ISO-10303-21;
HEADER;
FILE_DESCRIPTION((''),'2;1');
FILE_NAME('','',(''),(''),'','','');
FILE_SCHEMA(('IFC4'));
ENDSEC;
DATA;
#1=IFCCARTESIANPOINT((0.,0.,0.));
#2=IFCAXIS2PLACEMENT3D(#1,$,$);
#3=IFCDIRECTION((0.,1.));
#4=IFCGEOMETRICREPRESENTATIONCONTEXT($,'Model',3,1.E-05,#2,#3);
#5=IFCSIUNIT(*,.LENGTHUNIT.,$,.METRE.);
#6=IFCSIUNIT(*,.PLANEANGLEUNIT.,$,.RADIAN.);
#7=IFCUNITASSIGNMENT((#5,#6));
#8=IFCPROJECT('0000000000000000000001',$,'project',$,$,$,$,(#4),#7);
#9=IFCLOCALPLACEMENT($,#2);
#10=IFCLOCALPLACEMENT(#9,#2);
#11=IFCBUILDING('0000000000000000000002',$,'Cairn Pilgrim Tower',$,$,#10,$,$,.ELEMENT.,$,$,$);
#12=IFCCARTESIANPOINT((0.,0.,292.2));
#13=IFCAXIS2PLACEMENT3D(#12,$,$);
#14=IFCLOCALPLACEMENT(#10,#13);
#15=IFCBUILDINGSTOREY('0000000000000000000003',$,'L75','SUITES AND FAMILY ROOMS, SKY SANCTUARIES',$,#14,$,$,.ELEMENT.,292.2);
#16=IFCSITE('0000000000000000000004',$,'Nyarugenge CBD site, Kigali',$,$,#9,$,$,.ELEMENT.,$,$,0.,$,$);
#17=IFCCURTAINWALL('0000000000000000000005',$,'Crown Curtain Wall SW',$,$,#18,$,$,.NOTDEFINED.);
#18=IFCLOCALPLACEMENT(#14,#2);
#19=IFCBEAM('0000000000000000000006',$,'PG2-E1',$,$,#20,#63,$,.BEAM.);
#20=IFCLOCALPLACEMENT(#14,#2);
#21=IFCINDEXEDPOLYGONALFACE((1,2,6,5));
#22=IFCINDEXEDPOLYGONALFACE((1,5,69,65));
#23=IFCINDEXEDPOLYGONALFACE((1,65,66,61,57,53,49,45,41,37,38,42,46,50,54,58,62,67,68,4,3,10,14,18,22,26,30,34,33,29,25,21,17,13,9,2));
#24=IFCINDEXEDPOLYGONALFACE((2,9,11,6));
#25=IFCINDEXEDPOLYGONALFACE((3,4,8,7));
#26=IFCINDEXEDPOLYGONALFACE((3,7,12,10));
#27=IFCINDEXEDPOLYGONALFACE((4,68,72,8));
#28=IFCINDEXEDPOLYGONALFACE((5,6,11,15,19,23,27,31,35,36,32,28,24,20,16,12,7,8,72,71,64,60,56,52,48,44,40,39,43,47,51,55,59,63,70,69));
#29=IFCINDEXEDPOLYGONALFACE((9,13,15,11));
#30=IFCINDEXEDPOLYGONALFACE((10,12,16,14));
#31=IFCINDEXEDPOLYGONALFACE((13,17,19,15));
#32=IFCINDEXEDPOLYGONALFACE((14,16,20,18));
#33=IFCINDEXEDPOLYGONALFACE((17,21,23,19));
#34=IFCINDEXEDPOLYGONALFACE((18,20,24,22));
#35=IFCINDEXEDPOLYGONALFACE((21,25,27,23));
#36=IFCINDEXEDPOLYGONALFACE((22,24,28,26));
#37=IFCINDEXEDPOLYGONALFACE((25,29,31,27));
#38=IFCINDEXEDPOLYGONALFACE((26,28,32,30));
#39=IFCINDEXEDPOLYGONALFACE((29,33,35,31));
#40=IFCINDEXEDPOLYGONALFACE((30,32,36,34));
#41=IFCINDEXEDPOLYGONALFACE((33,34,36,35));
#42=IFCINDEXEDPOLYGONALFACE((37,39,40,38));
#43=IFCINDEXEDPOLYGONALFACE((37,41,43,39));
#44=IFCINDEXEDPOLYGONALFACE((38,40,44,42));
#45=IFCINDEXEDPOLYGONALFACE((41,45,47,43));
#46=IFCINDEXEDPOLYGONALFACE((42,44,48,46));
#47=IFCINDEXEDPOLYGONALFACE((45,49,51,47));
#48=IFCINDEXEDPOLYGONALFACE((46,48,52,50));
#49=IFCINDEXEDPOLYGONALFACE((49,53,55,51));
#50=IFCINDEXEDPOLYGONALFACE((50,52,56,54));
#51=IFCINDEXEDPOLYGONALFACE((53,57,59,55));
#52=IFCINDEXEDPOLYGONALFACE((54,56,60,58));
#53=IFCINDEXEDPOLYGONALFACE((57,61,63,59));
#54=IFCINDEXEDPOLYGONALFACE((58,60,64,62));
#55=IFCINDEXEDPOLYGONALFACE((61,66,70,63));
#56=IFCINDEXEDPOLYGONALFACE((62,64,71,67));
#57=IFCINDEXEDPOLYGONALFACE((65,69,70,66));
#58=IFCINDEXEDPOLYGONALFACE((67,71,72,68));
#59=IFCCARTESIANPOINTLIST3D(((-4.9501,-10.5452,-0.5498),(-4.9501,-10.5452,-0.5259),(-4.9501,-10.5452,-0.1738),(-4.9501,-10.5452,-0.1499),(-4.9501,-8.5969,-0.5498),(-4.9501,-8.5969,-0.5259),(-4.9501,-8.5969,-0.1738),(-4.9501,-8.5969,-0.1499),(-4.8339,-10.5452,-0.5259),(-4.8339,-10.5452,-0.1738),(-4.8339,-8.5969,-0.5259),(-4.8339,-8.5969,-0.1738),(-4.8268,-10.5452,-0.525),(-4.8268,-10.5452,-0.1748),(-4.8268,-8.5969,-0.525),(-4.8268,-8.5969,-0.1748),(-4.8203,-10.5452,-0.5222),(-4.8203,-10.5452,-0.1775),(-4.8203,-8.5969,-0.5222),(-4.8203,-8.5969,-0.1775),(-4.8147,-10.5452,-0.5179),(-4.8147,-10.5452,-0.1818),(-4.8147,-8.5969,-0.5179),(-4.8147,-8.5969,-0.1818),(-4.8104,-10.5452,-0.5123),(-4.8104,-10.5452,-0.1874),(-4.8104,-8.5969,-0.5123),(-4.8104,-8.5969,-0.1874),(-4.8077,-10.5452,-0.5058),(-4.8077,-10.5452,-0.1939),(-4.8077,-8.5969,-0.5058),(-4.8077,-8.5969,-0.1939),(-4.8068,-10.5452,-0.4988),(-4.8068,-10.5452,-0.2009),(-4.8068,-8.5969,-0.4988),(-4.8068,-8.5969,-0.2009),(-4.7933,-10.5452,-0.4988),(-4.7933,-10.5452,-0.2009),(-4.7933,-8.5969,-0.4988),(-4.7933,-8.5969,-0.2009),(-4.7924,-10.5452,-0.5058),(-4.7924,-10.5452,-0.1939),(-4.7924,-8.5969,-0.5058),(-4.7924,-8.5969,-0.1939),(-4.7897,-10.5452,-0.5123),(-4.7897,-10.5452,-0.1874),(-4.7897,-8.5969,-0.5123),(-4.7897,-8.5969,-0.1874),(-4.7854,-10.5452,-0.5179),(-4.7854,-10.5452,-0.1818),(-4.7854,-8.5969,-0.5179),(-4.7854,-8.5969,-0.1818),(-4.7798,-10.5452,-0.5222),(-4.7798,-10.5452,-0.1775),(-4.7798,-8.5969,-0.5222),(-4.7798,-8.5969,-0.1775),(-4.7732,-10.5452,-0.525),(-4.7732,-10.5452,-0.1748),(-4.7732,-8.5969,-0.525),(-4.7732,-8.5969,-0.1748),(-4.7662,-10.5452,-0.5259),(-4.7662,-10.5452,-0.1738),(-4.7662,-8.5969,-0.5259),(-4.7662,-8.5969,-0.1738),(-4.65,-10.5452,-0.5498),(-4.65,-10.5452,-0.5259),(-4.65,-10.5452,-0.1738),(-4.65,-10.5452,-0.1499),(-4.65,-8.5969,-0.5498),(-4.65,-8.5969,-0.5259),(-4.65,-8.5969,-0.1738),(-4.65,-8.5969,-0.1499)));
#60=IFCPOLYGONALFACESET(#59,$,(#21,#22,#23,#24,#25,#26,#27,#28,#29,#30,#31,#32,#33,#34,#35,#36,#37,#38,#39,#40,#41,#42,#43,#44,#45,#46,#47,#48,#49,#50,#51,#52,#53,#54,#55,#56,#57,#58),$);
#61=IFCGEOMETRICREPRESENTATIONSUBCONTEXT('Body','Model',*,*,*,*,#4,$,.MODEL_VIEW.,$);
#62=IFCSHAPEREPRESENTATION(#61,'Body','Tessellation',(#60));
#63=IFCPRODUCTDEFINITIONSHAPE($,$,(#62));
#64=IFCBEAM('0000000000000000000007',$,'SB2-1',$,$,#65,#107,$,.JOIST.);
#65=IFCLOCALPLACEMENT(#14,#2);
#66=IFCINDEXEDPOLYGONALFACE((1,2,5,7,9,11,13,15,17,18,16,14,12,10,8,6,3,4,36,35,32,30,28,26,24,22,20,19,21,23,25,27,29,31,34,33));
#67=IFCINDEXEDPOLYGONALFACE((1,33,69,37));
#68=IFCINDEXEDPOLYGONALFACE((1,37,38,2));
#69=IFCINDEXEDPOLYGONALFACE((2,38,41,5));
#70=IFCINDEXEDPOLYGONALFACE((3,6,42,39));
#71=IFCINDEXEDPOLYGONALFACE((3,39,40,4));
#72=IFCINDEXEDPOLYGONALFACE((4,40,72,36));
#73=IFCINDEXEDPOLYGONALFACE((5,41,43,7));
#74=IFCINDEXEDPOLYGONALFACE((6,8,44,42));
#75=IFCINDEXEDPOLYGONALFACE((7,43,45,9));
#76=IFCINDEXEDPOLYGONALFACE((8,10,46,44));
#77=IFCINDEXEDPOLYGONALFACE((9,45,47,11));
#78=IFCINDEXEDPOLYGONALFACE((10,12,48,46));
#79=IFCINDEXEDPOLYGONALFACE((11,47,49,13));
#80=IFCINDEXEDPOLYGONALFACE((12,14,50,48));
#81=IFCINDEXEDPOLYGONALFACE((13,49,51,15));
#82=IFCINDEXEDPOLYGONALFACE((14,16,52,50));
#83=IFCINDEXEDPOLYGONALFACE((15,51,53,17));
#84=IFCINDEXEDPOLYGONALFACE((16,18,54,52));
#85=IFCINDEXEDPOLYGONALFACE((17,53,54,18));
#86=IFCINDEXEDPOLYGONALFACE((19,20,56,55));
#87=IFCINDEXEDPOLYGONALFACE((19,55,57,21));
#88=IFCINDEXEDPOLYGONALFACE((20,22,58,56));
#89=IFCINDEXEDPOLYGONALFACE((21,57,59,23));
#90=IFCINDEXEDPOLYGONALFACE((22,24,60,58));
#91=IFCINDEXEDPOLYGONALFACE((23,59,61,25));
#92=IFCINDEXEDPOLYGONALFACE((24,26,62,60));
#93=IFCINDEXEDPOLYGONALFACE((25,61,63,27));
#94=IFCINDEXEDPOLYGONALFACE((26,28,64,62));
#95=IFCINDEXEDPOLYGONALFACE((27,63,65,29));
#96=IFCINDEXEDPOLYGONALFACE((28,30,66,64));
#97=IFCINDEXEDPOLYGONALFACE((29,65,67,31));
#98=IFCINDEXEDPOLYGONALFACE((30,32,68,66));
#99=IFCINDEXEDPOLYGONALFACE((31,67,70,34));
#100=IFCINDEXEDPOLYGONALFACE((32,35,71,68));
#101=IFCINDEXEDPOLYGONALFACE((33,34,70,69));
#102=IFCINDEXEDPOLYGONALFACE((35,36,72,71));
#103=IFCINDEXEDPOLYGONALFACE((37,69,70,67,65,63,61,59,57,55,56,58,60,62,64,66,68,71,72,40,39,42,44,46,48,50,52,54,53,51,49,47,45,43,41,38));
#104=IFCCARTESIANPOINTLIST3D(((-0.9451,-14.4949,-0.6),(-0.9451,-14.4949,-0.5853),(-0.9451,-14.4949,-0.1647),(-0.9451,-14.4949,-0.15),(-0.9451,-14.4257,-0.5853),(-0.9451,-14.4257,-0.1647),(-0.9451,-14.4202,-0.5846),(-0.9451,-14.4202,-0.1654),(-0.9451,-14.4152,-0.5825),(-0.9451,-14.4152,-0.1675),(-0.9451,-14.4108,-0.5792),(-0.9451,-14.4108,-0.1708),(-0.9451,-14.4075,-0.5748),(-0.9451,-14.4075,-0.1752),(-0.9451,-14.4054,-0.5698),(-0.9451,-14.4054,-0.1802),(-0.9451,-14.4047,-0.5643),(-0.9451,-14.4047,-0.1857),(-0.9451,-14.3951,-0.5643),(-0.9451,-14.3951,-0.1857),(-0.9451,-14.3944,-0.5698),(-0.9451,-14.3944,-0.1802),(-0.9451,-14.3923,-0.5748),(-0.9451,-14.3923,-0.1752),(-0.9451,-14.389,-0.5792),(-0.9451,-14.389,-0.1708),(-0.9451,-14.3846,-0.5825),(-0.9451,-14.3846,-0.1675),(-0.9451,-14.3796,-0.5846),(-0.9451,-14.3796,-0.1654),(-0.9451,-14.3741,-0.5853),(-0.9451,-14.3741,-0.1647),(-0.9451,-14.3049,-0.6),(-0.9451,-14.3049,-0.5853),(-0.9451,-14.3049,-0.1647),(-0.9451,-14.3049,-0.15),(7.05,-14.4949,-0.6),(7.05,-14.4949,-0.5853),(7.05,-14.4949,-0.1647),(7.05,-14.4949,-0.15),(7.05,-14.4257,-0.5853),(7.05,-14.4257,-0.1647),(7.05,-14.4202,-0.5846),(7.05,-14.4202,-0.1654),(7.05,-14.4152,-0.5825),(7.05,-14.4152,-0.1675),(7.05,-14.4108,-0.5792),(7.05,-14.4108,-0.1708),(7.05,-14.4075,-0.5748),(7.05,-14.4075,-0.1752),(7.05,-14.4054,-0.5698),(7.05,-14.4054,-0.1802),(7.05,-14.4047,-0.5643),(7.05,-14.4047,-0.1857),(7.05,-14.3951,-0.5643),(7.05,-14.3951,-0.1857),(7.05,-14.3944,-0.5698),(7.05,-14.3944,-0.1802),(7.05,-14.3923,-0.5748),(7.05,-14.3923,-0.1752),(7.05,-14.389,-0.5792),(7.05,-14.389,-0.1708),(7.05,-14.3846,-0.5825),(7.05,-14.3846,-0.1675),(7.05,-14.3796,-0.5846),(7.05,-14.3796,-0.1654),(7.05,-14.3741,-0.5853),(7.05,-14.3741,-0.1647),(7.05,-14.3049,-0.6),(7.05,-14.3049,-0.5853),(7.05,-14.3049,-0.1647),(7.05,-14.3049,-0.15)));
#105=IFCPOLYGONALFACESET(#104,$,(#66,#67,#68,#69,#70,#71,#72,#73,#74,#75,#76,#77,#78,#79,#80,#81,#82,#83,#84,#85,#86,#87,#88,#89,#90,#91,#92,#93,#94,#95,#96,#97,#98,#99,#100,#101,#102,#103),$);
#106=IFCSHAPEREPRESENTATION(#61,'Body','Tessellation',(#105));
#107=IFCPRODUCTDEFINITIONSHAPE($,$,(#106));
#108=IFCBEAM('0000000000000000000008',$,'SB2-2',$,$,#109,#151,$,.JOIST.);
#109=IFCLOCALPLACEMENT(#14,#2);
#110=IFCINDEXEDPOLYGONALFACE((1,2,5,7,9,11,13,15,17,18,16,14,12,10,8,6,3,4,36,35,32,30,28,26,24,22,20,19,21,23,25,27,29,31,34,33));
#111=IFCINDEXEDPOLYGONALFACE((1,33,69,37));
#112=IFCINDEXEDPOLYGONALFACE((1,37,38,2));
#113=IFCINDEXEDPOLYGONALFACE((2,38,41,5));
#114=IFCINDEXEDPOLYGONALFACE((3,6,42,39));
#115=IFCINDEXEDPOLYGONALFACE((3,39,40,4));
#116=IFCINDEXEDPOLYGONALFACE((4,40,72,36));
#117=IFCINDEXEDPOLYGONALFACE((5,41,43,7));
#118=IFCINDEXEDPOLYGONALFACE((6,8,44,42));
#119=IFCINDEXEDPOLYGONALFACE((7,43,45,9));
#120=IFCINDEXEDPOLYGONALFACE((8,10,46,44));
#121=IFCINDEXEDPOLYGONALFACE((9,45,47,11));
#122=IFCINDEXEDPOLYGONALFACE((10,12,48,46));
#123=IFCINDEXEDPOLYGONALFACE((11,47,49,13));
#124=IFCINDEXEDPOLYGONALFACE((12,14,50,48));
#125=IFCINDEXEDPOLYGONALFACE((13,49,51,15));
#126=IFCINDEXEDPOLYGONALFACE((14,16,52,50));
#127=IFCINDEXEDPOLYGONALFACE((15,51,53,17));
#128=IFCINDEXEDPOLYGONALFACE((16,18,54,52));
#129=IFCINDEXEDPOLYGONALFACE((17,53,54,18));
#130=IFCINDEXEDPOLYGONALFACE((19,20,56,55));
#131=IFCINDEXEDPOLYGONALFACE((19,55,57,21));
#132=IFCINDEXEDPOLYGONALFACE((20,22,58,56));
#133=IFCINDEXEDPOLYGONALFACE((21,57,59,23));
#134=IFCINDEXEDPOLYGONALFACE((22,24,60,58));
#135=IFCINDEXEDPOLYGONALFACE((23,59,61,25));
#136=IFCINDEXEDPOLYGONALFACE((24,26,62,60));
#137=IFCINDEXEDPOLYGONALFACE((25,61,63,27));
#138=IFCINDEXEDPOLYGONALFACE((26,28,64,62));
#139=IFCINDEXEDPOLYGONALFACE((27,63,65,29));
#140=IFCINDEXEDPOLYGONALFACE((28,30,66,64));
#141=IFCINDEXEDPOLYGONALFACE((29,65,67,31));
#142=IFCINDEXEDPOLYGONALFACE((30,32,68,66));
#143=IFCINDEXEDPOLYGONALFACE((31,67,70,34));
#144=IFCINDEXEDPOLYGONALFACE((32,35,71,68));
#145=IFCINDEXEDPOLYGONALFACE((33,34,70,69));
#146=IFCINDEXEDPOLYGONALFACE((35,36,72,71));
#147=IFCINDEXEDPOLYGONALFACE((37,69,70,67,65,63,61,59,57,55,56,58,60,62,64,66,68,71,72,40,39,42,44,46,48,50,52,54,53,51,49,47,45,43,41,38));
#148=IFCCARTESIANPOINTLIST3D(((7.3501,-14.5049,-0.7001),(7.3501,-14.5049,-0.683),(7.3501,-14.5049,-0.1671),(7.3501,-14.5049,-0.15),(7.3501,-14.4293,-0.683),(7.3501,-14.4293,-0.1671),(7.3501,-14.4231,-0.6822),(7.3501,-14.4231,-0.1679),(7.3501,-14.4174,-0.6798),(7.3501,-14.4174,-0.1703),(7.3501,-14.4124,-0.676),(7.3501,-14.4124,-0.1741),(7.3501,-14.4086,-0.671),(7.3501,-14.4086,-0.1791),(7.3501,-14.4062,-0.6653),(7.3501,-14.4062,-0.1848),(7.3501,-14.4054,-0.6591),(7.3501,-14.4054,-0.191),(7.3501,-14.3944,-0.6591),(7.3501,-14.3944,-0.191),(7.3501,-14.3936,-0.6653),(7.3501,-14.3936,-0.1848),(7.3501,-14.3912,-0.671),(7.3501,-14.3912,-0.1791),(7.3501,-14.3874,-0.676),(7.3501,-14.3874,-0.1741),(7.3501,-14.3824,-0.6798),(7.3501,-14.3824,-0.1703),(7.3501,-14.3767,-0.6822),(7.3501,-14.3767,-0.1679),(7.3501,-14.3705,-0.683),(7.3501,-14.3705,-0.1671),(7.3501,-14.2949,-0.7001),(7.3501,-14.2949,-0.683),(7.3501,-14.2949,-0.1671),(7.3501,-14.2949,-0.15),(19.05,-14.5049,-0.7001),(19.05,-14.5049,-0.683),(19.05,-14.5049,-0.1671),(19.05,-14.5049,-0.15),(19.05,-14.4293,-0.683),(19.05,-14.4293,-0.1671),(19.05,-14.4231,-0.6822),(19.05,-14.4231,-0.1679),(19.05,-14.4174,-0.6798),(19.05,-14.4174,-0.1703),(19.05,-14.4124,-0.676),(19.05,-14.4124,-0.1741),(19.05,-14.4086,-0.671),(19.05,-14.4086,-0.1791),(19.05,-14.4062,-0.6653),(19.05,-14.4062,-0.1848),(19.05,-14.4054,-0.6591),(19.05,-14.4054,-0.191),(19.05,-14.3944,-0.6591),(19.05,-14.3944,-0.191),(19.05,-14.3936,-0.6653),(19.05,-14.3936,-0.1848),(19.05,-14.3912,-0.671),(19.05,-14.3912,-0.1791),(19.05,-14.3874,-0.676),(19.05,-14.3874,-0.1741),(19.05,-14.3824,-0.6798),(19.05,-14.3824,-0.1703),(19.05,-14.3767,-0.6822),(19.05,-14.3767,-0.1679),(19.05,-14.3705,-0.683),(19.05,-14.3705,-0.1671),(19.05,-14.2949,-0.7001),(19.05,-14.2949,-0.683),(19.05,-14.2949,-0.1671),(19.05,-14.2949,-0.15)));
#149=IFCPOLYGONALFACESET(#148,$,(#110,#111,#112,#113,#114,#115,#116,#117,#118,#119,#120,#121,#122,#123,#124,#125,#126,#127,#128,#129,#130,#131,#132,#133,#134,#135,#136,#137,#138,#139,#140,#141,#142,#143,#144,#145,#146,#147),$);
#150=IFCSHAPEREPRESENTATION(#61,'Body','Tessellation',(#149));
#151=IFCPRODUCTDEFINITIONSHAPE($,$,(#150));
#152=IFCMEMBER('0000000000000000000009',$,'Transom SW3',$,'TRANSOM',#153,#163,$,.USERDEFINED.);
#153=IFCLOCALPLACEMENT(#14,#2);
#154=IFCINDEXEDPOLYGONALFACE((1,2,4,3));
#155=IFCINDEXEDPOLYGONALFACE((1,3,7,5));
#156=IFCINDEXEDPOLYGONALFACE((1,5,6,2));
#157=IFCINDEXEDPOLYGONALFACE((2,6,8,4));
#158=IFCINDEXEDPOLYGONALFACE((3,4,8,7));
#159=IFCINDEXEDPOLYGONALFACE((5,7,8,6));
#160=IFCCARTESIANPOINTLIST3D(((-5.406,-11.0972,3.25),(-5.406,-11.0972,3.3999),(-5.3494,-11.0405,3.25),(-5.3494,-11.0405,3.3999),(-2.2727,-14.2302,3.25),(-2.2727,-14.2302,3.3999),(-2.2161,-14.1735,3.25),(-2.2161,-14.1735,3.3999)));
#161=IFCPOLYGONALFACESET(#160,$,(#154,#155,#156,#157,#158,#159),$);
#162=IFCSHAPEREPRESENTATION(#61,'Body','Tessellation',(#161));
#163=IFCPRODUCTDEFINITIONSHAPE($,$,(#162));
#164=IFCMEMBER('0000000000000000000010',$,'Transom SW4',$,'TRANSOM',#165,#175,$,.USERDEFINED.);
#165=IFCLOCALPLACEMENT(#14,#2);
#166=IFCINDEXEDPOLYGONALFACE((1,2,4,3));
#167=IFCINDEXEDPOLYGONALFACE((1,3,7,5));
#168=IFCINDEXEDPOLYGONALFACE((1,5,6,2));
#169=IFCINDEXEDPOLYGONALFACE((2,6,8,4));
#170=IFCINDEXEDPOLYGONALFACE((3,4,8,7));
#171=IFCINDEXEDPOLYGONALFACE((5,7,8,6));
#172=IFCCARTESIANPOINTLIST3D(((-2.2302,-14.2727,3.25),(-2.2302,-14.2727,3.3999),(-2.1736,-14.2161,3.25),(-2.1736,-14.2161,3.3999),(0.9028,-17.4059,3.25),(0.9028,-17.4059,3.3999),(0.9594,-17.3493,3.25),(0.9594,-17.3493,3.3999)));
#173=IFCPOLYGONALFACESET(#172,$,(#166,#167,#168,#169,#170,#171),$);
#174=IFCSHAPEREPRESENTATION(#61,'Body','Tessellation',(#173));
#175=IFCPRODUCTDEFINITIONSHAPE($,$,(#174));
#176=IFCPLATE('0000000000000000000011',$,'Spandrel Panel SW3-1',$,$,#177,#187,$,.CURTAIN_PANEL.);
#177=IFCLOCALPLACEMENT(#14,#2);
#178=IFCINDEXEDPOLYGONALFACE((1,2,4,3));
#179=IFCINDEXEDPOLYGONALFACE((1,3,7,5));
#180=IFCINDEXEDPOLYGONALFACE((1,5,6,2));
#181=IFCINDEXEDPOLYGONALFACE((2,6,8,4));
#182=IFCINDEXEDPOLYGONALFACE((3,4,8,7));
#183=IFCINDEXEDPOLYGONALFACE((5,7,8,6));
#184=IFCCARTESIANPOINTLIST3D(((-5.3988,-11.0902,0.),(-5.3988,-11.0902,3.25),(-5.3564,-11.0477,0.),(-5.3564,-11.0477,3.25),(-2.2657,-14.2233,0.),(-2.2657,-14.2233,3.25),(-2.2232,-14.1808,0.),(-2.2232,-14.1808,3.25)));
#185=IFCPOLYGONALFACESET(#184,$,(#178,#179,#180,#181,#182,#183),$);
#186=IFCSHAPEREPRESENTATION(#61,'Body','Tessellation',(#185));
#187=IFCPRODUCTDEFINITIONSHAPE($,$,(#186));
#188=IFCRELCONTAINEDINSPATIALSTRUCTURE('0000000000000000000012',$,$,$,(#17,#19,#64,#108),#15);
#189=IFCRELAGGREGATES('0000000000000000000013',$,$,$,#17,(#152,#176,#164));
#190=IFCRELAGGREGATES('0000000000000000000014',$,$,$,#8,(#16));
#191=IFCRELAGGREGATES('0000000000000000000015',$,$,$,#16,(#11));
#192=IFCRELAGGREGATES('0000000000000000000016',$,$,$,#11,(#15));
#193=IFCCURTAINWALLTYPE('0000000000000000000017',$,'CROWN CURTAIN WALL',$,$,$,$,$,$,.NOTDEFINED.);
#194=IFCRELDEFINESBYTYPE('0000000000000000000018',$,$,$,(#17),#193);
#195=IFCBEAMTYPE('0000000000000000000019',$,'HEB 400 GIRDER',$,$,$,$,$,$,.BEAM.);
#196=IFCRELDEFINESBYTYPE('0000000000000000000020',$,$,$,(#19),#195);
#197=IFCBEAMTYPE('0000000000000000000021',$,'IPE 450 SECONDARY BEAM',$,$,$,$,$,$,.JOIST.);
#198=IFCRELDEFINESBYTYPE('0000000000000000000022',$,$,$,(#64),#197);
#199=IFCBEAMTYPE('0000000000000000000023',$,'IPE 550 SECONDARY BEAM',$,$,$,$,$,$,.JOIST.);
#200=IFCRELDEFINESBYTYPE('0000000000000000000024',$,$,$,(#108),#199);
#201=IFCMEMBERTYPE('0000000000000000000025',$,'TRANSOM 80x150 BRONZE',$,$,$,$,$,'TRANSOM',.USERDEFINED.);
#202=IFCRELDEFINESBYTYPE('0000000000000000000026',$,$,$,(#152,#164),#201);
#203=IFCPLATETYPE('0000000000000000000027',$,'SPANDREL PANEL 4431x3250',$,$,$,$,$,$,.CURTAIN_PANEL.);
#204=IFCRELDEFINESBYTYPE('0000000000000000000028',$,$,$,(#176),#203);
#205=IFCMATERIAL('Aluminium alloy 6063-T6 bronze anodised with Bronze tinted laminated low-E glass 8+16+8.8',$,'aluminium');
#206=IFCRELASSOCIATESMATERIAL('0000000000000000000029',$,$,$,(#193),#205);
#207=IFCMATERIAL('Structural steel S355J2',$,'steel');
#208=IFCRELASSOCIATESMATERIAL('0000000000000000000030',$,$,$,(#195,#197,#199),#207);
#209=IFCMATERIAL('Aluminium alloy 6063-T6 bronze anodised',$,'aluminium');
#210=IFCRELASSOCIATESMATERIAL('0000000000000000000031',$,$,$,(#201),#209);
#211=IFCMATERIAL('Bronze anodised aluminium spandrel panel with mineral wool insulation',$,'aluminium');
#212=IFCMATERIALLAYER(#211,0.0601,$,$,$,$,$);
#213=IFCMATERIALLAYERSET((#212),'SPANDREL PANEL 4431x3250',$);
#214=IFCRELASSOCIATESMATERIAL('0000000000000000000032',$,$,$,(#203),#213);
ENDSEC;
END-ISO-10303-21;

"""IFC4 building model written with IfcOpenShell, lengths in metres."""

from ifc_helpers import new_model, si_unit, direction, frame, origin, origin_2d, place, context, subcontext, project, spatial, rectangle, i_section, extrude, material, layer, layer_set, material_profile, profile_set, type_object, element, aggregate, save


model = new_model("IFC4")

# Units and contexts
model_context = context("Model", 3, precision=1e-05, world=origin(), true_north=direction((0.0, 1.0)))
body_context = subcontext(model_context, "Body", "Model", "MODEL_VIEW")
ifc_project = project(units=[si_unit("LENGTHUNIT", "METRE"), si_unit("PLANEANGLEUNIT", "RADIAN")], contexts=[model_context])

# Site, building, storey
site_placement = place(None, origin())
site = spatial("IfcSite", under=ifc_project, at=site_placement, Name="Nyarugenge CBD site, Kigali", CompositionType="ELEMENT", RefElevation=0.0)
building_placement = place(site_placement, origin())
building = spatial("IfcBuilding", under=site, at=building_placement, Name="Cairn Pilgrim Tower", CompositionType="ELEMENT")
storey_placement = place(building_placement, frame((0.0, 0.0, 292.2)))
storey = spatial("IfcBuildingStorey", under=building, at=storey_placement, Name="L75", Description="SUITES AND FAMILY ROOMS, SKY SANCTUARIES", CompositionType="ELEMENT", Elevation=292.2)

# Shared definitions
ifc_material_1 = material(Name="Structural steel S355J2", Category="steel")

# Curtain wall
ifc_material_2 = material(Name="Aluminium alloy 6063-T6 bronze anodised with Bronze tinted laminated low-E glass 8+16+8.8", Category="aluminium")
curtain_wall_type = type_object("IfcCurtainWallType", Name="CROWN CURTAIN WALL", PredefinedType="NOTDEFINED", material=ifc_material_2)
curtain_wall_placement = place(storey_placement, origin())
curtain_wall = element("IfcCurtainWall", 1, at=curtain_wall_placement, inside=storey, type_object=curtain_wall_type, Name="Crown Curtain Wall SW", PredefinedType="NOTDEFINED")
ifc_material_3 = material(Name="Aluminium alloy 6063-T6 bronze anodised", Category="aluminium")

# Beams
ifc_material_profile_1 = material_profile(ifc_material_1, i_section(OverallWidth=0.3, OverallDepth=0.3999, WebThickness=0.0134, FlangeThickness=0.0239, FilletRadius=0.0271, at=origin_2d()), Name="HEB 400")
ifc_profile_set_1 = profile_set([ifc_material_profile_1], Name="Structural steel S355J2")
beam_type_1 = type_object("IfcBeamType", Name="HEB 400 GIRDER", PredefinedType="BEAM", material=ifc_profile_set_1)
beam_1_placement = place(storey_placement, frame((-4.8, -10.5452, -0.3499), z_axis=(0.0, 1.0, 0.0), x_axis=(-1.0, 0.0, 0.0)))
element("IfcBeam", 2, at=beam_1_placement, inside=storey, type_object=beam_type_1, Name="PG2-E1", PredefinedType="BEAM", context=body_context, shape_type="SweptSolid", body=[
    extrude(i_section(OverallWidth=0.3, OverallDepth=0.3999, WebThickness=0.0134, FlangeThickness=0.0239, FilletRadius=0.0271, at=origin_2d()), origin(), (0.0, 0.0, 1.0), 1.9482),
])
ifc_material_profile_2 = material_profile(ifc_material_1, i_section(OverallWidth=0.1899, OverallDepth=0.45, WebThickness=0.0095, FlangeThickness=0.0146, FilletRadius=0.021, at=origin_2d()), Name="IPE 450")
ifc_profile_set_2 = profile_set([ifc_material_profile_2], Name="Structural steel S355J2")
beam_type_2 = type_object("IfcBeamType", Name="IPE 450 SECONDARY BEAM", PredefinedType="JOIST", material=ifc_profile_set_2)
beam_2_placement = place(storey_placement, frame((-0.9451, -14.3999, -0.375), z_axis=(1.0, 0.0, 0.0), x_axis=(0.0, 1.0, 0.0)))
element("IfcBeam", 3, at=beam_2_placement, inside=storey, type_object=beam_type_2, Name="SB2-1", PredefinedType="JOIST", context=body_context, shape_type="SweptSolid", body=[
    extrude(i_section(OverallWidth=0.1899, OverallDepth=0.45, WebThickness=0.0095, FlangeThickness=0.0146, FilletRadius=0.021, at=origin_2d()), origin(), (0.0, 0.0, 1.0), 7.9951),
])
ifc_material_profile_3 = material_profile(ifc_material_1, i_section(OverallWidth=0.21, OverallDepth=0.55, WebThickness=0.011, FlangeThickness=0.0171, FilletRadius=0.0239, at=origin_2d()), Name="IPE 550")
ifc_profile_set_3 = profile_set([ifc_material_profile_3], Name="Structural steel S355J2")
beam_type_3 = type_object("IfcBeamType", Name="IPE 550 SECONDARY BEAM", PredefinedType="JOIST", material=ifc_profile_set_3)
beam_3_placement = place(storey_placement, frame((7.3501, -14.3999, -0.425), z_axis=(1.0, 0.0, 0.0), x_axis=(0.0, 1.0, 0.0)))
element("IfcBeam", 4, at=beam_3_placement, inside=storey, type_object=beam_type_3, Name="SB2-2", PredefinedType="JOIST", context=body_context, shape_type="SweptSolid", body=[
    extrude(i_section(OverallWidth=0.21, OverallDepth=0.55, WebThickness=0.011, FlangeThickness=0.0171, FilletRadius=0.0239, at=origin_2d()), origin(), (0.0, 0.0, 1.0), 11.7),
])

# Members
ifc_material_profile_4 = material_profile(ifc_material_3, rectangle(XDim=0.0801, YDim=0.1499, at=origin_2d()), Name="TRANSOM 80x150 BRONZE")
ifc_profile_set_4 = profile_set([ifc_material_profile_4], Name="Aluminium alloy 6063-T6 bronze anodised")
member_type_1 = type_object("IfcMemberType", Name="TRANSOM 80x150 BRONZE", ElementType="TRANSOM", PredefinedType="USERDEFINED", material=ifc_profile_set_4)
member_1_placement = place(storey_placement, frame((-5.3777, -11.0688, 3.325), z_axis=(0.707134, -0.707079, 0.0), x_axis=(0.707079, 0.707134, 0.0)))
member_1 = element("IfcMember", 5, at=member_1_placement, type_object=member_type_1, Name="Transom SW3", ObjectType="TRANSOM", PredefinedType="USERDEFINED", context=body_context, shape_type="SweptSolid", body=[
    extrude(rectangle(XDim=0.0801, YDim=0.1499, at=origin_2d()), origin(), (0.0, 0.0, 1.0), 4.4309),
])
member_2_placement = place(storey_placement, frame((-2.2019, -14.2444, 3.325), z_axis=(0.707079, -0.707134, 0.0), x_axis=(0.707134, 0.707079, 0.0)))
member_2 = element("IfcMember", 6, at=member_2_placement, type_object=member_type_1, Name="Transom SW4", ObjectType="TRANSOM", PredefinedType="USERDEFINED", context=body_context, shape_type="SweptSolid", body=[
    extrude(rectangle(XDim=0.0801, YDim=0.1499, at=origin_2d()), origin(), (0.0, 0.0, 1.0), 4.4309),
])

# Plate
ifc_material_4 = material(Name="Bronze anodised aluminium spandrel panel with mineral wool insulation", Category="aluminium")
ifc_layer_1 = layer(ifc_material_4, 0.0601)
ifc_layer_set_1 = layer_set([ifc_layer_1], Name="SPANDREL PANEL 4431x3250")
plate_type = type_object("IfcPlateType", Name="SPANDREL PANEL 4431x3250", PredefinedType="CURTAIN_PANEL", material=ifc_layer_set_1)
plate_placement = place(storey_placement, frame((-3.811, -12.6355, 0.0), z_axis=(0.0, 0.0, 1.0), x_axis=(0.707107, -0.707107, 0.0)))
plate = element("IfcPlate", 7, at=plate_placement, type_object=plate_type, Name="Spandrel Panel SW3-1", PredefinedType="CURTAIN_PANEL", context=body_context, shape_type="SweptSolid", body=[
    extrude(rectangle(XDim=4.4309, YDim=0.0601, at=origin_2d()), origin(), (0.0, 0.0, 1.0), 3.25),
])
aggregate(curtain_wall, [member_1, plate, member_2])

save(model, "model.ifc")
